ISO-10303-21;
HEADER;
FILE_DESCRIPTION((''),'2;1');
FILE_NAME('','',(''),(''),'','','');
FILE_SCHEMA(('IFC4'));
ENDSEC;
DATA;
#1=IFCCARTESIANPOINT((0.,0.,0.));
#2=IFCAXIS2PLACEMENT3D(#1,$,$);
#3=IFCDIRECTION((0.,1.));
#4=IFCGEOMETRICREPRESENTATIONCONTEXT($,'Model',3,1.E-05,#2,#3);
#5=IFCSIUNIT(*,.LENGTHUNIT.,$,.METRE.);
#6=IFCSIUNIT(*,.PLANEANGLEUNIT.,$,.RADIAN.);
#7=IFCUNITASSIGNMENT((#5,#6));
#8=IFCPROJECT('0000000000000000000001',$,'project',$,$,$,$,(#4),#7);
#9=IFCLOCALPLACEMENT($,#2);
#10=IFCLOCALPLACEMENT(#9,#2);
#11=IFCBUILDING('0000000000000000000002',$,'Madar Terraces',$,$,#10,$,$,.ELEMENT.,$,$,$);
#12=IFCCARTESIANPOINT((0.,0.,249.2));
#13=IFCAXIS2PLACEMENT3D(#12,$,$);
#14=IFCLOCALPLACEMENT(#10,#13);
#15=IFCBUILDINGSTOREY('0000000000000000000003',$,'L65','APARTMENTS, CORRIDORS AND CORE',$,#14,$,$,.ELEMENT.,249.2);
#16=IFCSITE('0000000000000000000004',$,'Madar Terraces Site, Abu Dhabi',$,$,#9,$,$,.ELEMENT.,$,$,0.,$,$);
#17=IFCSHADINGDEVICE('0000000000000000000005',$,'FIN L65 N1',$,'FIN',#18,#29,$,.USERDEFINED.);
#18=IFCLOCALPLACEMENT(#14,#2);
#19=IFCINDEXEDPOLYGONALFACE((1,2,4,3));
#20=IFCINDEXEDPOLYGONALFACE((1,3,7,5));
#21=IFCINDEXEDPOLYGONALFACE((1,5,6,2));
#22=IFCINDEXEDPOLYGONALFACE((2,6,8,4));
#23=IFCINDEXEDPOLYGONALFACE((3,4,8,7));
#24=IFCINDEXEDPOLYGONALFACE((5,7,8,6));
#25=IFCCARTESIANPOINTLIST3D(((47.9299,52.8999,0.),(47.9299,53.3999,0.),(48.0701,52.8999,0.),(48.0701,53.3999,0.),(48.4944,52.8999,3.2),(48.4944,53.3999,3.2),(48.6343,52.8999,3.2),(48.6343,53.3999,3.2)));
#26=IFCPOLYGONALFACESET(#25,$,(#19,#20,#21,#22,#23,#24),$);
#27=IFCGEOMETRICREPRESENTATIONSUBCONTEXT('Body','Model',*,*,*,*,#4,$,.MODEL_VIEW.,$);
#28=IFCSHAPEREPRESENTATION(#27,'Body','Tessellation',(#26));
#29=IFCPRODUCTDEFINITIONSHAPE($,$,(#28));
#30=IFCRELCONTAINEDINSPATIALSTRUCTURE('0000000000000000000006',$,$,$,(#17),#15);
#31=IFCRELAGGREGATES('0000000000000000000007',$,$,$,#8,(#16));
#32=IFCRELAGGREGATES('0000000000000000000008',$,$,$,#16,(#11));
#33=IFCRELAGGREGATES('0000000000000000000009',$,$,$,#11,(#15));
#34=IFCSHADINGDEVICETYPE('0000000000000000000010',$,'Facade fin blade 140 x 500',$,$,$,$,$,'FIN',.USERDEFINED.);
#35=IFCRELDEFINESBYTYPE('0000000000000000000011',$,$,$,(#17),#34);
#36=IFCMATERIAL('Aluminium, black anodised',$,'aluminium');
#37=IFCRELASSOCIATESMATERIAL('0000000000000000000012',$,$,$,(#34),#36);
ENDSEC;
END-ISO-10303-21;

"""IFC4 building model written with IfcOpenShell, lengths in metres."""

from ifc_helpers import new_model, si_unit, direction, frame, origin, place, context, subcontext, project, spatial, polyline, outline, extrude, material, type_object, element, save


model = new_model("IFC4")

# Units and contexts
model_context = context("Model", 3, precision=1e-05, world=origin(), true_north=direction((0.0, 1.0)))
body_context = subcontext(model_context, "Body", "Model", "MODEL_VIEW")
ifc_project = project(units=[si_unit("LENGTHUNIT", "METRE"), si_unit("PLANEANGLEUNIT", "RADIAN")], contexts=[model_context])

# Site, building, storey
site_placement = place(None, origin())
site = spatial("IfcSite", under=ifc_project, at=site_placement, Name="Madar Terraces Site, Abu Dhabi", CompositionType="ELEMENT", RefElevation=0.0)
building_placement = place(site_placement, origin())
building = spatial("IfcBuilding", under=site, at=building_placement, Name="Madar Terraces", CompositionType="ELEMENT")
storey_placement = place(building_placement, frame((0.0, 0.0, 249.2)))
storey = spatial("IfcBuildingStorey", under=building, at=storey_placement, Name="L65", Description="APARTMENTS, CORRIDORS AND CORE", CompositionType="ELEMENT", Elevation=249.2)

# Shading device
ifc_material_1 = material(Name="Aluminium, black anodised", Category="aluminium")
shading_device_type = type_object("IfcShadingDeviceType", Name="Facade fin blade 140 x 500", ElementType="FIN", PredefinedType="USERDEFINED", material=ifc_material_1)
for number, where, z_axis, x_axis, name in (
    (1, (48.0701, 53.1499, 0.0), (0.0, 0.0, 1.0), (-1.0, 0.0, 0.0), "FIN L65 N1"),
):
    element("IfcShadingDevice", number, at=place(storey_placement, frame(where, z_axis=z_axis, x_axis=x_axis)), inside=storey, type_object=shading_device_type, Name=name, ObjectType="FIN", PredefinedType="USERDEFINED", context=body_context, shape_type="SweptSolid", body=[
        extrude(outline(polyline([(0.0, 0.0), (0.1401, 0.0), (-0.4243, 3.2), (-0.5642, 3.2), (0.0, 0.0)])), frame((0.0, 0.25, 0.0), z_axis=(0.0, -1.0, 0.0), x_axis=(1.0, 0.0, 0.0)), (0.0, 0.0, 1.0), 0.5),
    ])

save(model, "model.ifc")
